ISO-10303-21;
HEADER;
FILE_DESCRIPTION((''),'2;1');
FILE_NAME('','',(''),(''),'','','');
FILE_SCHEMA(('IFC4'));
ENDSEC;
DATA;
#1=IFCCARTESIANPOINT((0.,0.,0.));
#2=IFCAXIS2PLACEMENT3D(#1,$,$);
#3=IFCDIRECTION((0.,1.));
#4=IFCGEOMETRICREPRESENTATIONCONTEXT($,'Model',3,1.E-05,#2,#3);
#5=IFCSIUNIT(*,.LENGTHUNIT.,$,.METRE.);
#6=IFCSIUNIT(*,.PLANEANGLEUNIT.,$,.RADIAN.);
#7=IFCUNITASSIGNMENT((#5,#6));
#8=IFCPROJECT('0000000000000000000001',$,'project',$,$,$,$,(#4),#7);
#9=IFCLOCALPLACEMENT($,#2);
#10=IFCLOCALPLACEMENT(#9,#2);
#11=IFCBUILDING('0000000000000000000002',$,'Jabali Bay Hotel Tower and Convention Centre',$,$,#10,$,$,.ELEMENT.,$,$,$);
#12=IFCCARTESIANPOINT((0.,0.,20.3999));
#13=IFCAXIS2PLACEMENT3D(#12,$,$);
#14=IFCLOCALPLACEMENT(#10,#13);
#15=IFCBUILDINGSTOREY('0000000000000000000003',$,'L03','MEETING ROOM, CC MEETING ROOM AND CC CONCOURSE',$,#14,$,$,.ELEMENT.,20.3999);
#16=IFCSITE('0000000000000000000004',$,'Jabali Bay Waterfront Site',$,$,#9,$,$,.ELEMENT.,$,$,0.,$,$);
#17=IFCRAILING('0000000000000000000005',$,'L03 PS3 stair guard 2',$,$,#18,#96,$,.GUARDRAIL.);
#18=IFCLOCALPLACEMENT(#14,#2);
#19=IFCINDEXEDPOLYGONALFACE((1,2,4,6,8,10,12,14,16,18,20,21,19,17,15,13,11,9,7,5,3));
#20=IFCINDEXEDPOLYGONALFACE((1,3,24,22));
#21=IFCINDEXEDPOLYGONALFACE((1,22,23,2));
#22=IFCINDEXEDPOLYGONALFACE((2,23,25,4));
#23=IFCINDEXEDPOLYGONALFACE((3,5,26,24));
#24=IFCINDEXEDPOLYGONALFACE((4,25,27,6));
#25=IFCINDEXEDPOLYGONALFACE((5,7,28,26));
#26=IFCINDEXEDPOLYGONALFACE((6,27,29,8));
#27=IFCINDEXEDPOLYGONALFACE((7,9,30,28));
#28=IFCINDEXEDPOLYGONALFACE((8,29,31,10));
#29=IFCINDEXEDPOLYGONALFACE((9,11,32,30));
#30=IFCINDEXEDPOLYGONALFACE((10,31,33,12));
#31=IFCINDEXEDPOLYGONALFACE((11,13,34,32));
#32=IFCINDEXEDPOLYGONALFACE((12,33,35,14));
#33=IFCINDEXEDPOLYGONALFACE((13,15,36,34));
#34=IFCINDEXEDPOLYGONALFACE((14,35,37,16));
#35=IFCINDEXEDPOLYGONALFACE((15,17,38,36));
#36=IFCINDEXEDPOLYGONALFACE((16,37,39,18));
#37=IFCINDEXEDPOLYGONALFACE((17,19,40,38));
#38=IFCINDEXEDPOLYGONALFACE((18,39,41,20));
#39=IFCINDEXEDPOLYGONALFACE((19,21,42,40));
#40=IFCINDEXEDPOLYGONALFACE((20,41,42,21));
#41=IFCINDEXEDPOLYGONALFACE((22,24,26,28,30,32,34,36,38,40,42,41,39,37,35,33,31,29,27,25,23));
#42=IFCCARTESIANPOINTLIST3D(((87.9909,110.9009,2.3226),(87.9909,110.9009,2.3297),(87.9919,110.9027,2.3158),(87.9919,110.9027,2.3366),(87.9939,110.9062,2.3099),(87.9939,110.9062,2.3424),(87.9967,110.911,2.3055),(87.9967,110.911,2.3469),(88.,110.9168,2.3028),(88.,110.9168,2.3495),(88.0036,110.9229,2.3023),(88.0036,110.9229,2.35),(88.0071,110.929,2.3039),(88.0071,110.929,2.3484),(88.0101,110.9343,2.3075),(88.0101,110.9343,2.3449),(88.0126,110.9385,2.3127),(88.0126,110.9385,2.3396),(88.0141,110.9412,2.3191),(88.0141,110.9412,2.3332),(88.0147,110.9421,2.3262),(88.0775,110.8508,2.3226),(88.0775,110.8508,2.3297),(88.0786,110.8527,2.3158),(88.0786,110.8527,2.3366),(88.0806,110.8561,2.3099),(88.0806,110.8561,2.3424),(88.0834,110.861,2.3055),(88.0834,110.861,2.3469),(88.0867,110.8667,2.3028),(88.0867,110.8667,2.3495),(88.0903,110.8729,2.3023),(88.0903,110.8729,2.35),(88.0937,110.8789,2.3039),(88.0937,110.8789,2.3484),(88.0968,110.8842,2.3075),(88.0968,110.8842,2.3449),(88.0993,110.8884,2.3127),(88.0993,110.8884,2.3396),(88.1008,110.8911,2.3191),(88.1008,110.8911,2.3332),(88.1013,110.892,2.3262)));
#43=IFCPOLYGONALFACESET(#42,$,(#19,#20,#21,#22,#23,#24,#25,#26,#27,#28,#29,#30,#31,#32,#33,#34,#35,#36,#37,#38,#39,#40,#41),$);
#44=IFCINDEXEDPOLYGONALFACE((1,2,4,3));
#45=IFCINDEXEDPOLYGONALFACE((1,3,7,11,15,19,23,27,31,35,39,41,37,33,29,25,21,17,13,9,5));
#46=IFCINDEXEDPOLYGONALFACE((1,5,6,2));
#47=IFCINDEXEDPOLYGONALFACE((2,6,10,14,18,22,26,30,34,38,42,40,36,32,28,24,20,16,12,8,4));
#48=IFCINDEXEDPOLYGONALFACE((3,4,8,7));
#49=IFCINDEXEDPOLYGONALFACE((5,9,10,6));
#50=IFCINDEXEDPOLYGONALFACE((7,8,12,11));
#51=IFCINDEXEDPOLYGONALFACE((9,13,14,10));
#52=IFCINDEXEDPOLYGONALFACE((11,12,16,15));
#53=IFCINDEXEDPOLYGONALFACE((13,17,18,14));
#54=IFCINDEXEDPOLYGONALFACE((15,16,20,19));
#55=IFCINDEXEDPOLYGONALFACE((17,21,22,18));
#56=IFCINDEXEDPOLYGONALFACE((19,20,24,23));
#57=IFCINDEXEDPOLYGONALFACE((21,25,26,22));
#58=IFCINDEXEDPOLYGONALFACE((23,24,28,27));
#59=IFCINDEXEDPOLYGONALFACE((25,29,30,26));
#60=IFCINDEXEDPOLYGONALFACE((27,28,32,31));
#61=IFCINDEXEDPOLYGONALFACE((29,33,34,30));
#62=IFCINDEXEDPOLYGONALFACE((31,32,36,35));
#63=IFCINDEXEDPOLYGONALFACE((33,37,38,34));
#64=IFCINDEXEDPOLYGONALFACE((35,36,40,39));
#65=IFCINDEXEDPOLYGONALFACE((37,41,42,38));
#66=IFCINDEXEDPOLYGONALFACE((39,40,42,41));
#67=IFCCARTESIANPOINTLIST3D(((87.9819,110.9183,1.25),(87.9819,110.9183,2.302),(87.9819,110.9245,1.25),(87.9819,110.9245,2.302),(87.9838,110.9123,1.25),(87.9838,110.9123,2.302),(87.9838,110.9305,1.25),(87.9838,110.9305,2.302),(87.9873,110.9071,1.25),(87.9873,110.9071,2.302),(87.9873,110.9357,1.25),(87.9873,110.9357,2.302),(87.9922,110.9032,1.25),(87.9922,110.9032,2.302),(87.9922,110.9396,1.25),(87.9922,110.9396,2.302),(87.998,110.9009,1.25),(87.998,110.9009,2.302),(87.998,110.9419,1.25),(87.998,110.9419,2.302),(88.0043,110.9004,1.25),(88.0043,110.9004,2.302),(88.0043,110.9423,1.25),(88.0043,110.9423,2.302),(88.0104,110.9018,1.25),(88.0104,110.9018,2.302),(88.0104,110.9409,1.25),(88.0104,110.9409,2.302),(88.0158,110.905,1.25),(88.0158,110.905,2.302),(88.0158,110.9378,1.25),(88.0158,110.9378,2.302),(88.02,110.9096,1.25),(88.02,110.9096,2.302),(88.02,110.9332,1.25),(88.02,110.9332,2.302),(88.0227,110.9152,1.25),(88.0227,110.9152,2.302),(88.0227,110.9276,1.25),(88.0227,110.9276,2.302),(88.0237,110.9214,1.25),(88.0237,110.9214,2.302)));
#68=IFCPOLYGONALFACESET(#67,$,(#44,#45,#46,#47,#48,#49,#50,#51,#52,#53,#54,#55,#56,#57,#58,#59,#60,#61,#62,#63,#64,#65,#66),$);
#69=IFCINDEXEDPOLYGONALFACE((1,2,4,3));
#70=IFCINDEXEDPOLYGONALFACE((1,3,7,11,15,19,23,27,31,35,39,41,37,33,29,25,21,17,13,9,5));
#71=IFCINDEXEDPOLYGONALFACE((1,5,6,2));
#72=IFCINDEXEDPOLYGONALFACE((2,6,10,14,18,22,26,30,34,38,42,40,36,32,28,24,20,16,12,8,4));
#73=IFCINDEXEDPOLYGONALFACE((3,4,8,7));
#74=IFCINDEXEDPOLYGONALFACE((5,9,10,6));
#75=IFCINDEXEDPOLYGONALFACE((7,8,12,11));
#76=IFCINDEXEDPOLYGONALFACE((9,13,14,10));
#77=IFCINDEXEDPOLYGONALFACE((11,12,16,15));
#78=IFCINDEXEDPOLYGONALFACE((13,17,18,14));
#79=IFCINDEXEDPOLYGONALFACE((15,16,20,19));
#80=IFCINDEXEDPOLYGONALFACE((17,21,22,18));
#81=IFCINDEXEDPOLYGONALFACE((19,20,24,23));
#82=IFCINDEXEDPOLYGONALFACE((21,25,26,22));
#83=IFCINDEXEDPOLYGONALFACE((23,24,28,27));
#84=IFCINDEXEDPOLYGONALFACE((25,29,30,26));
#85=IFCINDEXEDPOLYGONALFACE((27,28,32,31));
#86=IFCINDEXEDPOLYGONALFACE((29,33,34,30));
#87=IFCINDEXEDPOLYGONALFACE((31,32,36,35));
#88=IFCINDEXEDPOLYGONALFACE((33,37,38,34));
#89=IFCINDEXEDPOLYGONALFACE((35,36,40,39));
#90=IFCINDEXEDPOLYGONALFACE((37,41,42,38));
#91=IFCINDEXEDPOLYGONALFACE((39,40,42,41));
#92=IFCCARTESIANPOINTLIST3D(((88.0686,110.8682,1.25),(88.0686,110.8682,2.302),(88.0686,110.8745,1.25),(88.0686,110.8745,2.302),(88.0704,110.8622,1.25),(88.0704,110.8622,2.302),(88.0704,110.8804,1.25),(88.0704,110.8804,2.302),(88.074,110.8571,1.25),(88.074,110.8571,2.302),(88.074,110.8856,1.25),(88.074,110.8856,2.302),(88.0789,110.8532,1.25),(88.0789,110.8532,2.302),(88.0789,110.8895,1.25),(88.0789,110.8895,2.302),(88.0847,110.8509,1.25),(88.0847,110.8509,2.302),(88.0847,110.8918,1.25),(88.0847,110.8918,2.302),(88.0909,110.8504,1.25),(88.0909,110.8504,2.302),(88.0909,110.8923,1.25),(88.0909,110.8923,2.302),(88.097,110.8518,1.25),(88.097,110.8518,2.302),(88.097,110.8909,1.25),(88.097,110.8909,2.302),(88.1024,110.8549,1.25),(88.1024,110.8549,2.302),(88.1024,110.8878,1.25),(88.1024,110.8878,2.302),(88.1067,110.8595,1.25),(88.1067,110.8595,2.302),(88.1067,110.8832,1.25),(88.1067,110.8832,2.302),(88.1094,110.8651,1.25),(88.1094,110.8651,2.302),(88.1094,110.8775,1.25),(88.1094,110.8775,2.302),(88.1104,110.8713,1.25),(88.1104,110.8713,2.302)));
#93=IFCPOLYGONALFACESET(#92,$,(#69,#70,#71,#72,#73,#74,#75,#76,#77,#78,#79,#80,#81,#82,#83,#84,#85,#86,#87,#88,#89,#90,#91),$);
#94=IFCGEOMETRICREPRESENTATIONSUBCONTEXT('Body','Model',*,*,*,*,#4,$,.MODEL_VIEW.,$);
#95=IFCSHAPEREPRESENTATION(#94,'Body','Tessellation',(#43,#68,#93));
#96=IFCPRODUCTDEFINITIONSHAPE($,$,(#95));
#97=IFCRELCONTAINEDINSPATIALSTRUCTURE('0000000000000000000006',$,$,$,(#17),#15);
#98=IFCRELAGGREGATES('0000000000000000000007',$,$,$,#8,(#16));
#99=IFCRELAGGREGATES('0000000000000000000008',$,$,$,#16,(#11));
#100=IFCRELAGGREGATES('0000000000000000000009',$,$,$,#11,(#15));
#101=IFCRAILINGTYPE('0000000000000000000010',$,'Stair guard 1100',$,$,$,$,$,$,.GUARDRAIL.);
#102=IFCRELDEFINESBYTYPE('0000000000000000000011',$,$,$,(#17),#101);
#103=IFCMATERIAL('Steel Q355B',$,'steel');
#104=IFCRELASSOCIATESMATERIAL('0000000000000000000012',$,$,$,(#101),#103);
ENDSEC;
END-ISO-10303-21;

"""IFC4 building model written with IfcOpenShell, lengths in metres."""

from ifc_helpers import new_model, si_unit, direction, frame, origin, origin_2d, place, context, subcontext, project, spatial, circle, extrude, material, type_object, element, save


model = new_model("IFC4")

# Units and contexts
model_context = context("Model", 3, precision=1e-05, world=origin(), true_north=direction((0.0, 1.0)))
body_context = subcontext(model_context, "Body", "Model", "MODEL_VIEW")
ifc_project = project(units=[si_unit("LENGTHUNIT", "METRE"), si_unit("PLANEANGLEUNIT", "RADIAN")], contexts=[model_context])

# Site, building, storey
site_placement = place(None, origin())
site = spatial("IfcSite", under=ifc_project, at=site_placement, Name="Jabali Bay Waterfront Site", CompositionType="ELEMENT", RefElevation=0.0)
building_placement = place(site_placement, origin())
building = spatial("IfcBuilding", under=site, at=building_placement, Name="Jabali Bay Hotel Tower and Convention Centre", CompositionType="ELEMENT")
storey_placement = place(building_placement, frame((0.0, 0.0, 20.3999)))
storey = spatial("IfcBuildingStorey", under=building, at=storey_placement, Name="L03", Description="MEETING ROOM, CC MEETING ROOM AND CC CONCOURSE", CompositionType="ELEMENT", Elevation=20.3999)

# Railing
ifc_material_1 = material(Name="Steel Q355B", Category="steel")
railing_type_1 = type_object("IfcRailingType", Name="Stair guard 1100", PredefinedType="GUARDRAIL", material=ifc_material_1)
railing_1_placement = place(storey_placement, frame((88.0027, 110.9214, 1.25)))
element("IfcRailing", 1, at=railing_1_placement, inside=storey, type_object=railing_type_1, Name="L03 PS3 stair guard 2", PredefinedType="GUARDRAIL", context=body_context, shape_type="SweptSolid", body=[
    extrude(circle(Radius=0.0239, at=origin_2d()), frame((0.0, 0.0, 1.0762), z_axis=(0.865982, -0.500074, 0.0), x_axis=(0.500074, 0.865982, 0.0)), (0.0, 0.0, 1.0), 0.1001),
    extrude(circle(Radius=0.021, at=origin_2d()), origin(), (0.0, 0.0, 1.0), 1.052),
    extrude(circle(Radius=0.021, at=origin_2d()), frame((0.0867, -0.05, 0.0)), (0.0, 0.0, 1.0), 1.052),
])

save(model, "model.ifc")
